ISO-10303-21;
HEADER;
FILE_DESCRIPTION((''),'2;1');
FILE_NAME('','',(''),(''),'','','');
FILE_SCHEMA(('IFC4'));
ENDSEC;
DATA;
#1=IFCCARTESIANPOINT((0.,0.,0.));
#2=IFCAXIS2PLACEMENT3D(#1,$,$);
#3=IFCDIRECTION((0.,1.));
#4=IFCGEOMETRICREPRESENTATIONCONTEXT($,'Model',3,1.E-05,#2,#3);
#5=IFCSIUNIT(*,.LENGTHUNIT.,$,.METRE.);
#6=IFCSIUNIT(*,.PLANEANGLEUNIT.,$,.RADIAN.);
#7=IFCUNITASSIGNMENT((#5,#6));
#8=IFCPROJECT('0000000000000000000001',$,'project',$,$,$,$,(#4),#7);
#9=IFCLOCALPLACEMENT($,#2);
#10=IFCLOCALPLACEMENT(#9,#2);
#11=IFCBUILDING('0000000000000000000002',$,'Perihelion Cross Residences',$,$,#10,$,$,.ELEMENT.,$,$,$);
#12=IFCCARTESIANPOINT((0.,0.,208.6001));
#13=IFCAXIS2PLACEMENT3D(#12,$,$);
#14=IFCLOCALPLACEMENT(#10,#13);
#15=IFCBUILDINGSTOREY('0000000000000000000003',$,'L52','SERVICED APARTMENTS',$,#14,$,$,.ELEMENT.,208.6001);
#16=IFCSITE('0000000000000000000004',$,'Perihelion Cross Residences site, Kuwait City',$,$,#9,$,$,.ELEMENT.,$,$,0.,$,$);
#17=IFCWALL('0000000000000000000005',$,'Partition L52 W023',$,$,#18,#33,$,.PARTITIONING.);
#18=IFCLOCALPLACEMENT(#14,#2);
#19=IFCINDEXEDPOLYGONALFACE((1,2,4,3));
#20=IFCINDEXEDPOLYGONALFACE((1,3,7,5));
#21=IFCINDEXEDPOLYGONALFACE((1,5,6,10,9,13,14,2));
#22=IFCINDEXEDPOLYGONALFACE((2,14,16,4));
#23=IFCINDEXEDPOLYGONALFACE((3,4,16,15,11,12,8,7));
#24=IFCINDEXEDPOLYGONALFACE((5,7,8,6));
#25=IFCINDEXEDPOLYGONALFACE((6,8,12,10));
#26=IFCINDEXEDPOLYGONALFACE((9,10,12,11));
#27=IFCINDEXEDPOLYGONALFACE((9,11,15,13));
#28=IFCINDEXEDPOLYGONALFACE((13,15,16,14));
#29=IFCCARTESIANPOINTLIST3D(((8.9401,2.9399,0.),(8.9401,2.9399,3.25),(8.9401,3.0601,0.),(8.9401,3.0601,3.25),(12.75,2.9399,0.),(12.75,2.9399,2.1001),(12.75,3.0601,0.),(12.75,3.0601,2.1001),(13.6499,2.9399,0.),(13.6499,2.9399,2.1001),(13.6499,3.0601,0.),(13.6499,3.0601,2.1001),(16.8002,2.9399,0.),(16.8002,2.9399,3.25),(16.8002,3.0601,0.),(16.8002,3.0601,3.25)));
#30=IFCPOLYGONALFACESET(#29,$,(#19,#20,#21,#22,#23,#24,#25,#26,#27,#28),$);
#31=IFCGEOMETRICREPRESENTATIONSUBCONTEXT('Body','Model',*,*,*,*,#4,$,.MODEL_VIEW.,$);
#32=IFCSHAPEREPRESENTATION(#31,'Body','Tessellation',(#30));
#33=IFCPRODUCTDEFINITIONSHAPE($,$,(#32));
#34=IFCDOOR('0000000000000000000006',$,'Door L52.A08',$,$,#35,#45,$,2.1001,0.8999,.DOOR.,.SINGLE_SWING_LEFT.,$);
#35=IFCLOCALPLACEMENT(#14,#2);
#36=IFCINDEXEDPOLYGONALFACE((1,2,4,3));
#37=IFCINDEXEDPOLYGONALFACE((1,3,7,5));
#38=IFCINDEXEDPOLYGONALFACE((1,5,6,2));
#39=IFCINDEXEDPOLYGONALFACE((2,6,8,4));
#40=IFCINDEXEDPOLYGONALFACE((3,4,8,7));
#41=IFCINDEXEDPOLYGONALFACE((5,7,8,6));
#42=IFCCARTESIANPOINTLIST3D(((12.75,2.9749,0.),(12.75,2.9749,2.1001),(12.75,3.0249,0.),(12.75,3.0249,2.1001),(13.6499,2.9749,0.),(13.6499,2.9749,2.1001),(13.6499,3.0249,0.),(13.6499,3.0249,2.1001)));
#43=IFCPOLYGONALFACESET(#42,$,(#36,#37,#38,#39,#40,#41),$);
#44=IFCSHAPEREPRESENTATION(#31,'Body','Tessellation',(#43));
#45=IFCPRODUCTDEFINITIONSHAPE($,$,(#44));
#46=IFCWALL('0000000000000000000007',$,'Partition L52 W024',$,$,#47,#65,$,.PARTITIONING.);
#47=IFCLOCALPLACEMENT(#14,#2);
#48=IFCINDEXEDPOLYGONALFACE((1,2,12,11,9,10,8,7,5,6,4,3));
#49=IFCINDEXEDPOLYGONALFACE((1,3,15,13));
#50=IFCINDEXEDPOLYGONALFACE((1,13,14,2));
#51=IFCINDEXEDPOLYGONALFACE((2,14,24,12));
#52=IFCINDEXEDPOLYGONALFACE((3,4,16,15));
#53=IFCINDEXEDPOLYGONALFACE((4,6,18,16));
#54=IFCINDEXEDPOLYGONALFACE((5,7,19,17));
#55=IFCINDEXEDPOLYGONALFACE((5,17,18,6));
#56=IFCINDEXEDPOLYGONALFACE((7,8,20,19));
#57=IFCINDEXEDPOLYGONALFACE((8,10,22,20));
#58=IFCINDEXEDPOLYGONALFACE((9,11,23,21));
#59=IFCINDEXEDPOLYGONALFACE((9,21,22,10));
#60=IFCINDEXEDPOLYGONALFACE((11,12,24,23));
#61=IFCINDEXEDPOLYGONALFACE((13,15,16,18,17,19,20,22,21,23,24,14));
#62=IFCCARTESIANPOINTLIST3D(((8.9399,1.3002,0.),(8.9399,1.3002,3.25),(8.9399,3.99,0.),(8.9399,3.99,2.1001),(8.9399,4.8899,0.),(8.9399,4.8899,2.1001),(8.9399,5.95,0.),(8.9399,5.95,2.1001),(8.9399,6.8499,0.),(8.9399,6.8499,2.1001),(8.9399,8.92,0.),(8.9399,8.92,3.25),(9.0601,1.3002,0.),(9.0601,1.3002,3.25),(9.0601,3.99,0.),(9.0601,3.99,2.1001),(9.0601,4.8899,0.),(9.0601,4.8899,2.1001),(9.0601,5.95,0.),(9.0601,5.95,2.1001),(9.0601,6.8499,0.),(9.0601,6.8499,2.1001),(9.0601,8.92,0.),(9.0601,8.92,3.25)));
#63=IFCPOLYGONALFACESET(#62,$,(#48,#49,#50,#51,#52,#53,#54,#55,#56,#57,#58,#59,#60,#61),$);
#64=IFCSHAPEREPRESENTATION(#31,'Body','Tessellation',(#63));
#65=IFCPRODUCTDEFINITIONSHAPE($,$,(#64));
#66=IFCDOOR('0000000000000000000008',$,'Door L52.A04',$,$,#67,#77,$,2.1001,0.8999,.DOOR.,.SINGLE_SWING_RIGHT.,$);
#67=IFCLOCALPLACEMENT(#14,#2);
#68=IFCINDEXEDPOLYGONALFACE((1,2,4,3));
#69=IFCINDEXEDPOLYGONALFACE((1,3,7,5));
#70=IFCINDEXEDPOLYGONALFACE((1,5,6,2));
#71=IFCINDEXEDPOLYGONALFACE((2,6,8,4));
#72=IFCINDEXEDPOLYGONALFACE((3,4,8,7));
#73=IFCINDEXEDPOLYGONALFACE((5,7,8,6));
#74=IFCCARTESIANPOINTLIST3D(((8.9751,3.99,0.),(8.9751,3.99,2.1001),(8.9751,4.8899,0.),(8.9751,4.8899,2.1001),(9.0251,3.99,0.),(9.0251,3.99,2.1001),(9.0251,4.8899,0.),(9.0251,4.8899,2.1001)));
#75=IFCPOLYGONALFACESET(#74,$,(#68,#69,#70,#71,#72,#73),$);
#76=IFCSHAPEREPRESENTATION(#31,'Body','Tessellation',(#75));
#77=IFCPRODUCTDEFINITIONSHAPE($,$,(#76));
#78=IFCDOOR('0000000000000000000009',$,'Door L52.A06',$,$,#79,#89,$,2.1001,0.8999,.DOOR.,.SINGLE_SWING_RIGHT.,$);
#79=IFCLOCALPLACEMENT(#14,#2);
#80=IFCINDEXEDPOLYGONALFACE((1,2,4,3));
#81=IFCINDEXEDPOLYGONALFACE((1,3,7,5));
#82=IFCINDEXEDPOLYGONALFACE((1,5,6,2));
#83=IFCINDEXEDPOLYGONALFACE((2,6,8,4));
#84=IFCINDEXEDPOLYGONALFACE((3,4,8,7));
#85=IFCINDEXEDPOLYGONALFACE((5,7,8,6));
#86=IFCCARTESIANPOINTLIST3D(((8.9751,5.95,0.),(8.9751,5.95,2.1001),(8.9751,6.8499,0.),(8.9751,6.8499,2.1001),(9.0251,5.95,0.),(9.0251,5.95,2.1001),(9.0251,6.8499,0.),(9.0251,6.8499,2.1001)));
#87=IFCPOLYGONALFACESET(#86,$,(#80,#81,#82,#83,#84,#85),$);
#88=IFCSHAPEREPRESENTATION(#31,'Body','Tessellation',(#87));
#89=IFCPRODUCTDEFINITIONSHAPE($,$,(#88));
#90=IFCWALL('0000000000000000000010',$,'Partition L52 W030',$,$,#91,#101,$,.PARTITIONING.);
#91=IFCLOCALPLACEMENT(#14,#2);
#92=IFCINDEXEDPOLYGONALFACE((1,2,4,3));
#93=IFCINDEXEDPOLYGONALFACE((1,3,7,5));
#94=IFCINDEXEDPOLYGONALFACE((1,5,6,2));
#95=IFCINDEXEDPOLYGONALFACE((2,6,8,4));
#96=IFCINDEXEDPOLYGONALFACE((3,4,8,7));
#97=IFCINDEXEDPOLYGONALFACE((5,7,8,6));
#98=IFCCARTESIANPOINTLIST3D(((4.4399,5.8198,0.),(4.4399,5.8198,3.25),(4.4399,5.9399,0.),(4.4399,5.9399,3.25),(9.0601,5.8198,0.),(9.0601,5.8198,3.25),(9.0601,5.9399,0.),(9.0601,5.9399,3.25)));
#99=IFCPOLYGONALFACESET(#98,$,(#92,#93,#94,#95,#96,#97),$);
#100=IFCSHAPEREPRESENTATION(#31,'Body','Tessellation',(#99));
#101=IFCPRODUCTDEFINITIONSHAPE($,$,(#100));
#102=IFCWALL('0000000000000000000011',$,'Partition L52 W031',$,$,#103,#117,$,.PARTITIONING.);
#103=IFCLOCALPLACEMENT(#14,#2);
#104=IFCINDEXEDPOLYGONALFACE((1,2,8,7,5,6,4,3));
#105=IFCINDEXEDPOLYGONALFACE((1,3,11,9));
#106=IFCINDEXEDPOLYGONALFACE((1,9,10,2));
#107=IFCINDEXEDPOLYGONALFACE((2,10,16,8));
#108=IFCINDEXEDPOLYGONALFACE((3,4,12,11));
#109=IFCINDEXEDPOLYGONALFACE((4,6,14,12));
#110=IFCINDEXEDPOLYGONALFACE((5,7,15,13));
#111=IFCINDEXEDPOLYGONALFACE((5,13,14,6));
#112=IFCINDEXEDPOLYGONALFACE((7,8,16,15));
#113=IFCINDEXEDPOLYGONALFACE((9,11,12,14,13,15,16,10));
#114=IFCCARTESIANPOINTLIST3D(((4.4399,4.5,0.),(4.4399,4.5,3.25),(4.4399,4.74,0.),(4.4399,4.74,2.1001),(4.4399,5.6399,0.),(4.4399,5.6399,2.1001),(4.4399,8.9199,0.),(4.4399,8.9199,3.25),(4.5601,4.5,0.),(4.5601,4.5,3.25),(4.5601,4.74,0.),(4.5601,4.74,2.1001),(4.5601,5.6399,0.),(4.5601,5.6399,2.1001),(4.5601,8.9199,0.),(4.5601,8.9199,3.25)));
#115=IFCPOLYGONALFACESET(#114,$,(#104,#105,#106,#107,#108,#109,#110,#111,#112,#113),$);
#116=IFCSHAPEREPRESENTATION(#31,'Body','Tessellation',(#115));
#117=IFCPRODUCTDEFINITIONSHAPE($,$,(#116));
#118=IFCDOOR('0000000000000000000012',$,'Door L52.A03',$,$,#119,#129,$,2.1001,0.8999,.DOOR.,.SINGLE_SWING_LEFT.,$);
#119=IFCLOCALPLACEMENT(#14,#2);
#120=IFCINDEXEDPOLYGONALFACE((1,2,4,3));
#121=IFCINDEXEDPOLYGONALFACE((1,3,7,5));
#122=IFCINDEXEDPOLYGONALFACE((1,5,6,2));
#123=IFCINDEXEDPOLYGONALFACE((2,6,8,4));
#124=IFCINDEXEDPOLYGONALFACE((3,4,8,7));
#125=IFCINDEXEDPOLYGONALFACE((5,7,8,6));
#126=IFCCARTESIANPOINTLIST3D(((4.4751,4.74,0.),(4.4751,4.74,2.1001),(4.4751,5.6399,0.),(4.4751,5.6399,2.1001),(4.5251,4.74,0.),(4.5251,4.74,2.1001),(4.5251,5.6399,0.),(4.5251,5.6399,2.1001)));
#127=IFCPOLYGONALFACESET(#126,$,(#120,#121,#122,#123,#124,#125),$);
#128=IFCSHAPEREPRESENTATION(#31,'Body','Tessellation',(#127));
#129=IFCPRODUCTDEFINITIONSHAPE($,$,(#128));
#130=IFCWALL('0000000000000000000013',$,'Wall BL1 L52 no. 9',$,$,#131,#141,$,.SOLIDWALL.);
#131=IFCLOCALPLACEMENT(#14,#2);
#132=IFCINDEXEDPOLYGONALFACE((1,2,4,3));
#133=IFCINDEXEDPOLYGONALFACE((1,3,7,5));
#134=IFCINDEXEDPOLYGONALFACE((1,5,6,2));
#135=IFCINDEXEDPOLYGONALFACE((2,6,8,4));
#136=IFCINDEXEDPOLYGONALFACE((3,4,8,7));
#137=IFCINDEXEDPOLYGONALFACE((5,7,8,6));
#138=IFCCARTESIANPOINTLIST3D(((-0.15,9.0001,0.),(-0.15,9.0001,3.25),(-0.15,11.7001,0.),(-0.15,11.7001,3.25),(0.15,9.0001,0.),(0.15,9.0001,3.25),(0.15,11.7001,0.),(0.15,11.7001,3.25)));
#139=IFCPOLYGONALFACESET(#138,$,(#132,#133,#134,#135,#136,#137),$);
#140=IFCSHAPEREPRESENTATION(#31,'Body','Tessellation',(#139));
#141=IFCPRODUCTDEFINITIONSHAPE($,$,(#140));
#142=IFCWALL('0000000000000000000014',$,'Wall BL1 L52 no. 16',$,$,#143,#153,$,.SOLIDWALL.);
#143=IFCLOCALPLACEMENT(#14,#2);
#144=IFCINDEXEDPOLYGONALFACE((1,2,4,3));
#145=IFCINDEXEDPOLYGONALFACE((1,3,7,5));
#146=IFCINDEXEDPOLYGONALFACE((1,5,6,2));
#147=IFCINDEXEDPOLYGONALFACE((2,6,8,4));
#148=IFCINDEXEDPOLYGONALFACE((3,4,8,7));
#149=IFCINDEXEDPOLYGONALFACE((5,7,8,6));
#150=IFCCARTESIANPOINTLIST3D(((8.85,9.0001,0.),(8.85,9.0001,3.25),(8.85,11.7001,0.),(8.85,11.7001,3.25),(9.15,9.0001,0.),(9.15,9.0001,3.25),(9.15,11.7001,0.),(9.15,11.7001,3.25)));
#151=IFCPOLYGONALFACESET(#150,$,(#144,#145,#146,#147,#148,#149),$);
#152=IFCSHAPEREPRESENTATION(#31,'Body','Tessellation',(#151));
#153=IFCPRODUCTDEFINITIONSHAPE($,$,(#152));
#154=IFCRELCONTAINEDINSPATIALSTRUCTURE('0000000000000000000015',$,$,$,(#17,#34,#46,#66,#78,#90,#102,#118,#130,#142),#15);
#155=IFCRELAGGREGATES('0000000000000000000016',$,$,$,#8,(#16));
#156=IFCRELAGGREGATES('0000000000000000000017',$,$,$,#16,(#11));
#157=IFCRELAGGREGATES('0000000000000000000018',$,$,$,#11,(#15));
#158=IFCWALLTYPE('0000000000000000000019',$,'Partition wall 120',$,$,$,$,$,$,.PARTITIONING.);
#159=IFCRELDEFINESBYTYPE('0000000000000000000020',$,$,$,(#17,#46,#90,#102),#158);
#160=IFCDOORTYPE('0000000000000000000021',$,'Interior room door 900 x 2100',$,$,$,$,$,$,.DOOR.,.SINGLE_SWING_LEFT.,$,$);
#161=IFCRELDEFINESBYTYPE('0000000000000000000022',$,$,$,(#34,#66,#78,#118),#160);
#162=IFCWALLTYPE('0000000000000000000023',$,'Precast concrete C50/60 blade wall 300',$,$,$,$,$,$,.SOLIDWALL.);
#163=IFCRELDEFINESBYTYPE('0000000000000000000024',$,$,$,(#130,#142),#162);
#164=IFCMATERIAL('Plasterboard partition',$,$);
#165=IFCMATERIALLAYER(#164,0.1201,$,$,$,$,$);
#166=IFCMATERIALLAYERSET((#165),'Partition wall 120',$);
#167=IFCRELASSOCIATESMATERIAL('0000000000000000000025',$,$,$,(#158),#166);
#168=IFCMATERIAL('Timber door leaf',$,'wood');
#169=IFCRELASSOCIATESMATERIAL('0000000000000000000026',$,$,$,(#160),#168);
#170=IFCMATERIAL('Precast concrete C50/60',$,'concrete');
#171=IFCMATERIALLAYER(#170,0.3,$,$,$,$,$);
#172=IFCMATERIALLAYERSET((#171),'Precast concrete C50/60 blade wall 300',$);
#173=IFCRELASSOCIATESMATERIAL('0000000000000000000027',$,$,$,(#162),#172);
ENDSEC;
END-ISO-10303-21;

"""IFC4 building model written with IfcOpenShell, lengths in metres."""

from ifc_helpers import new_model, si_unit, direction, frame, frame_2d, origin, place, context, subcontext, project, spatial, rectangle, extrude, material, layer, layer_set, type_object, element, fill, save


model = new_model("IFC4")

# Units and contexts
model_context = context("Model", 3, precision=1e-05, world=origin(), true_north=direction((0.0, 1.0)))
body_context = subcontext(model_context, "Body", "Model", "MODEL_VIEW")
ifc_project = project(units=[si_unit("LENGTHUNIT", "METRE"), si_unit("PLANEANGLEUNIT", "RADIAN")], contexts=[model_context])

# Site, building, storey
site_placement = place(None, origin())
site = spatial("IfcSite", under=ifc_project, at=site_placement, Name="Perihelion Cross Residences site, Kuwait City", CompositionType="ELEMENT", RefElevation=0.0)
building_placement = place(site_placement, origin())
building = spatial("IfcBuilding", under=site, at=building_placement, Name="Perihelion Cross Residences", CompositionType="ELEMENT")
storey_placement = place(building_placement, frame((0.0, 0.0, 208.6001)))
storey = spatial("IfcBuildingStorey", under=building, at=storey_placement, Name="L52", Description="SERVICED APARTMENTS", CompositionType="ELEMENT", Elevation=208.6001)

# Wall, opening, door
ifc_material_1 = material(Name="Plasterboard partition")
ifc_layer_1 = layer(ifc_material_1, 0.1201)
ifc_layer_set_1 = layer_set([ifc_layer_1], Name="Partition wall 120")
wall_type_1 = type_object("IfcWallType", Name="Partition wall 120", PredefinedType="PARTITIONING", material=ifc_layer_set_1)
wall_1_placement = place(storey_placement, frame((8.9399, 3.0, 0.0), z_axis=(0.0, 0.0, 1.0), x_axis=(1.0, 0.0, 0.0)))
wall_1 = element("IfcWall", 1, at=wall_1_placement, inside=storey, type_object=wall_type_1, Name="Partition L52 W023", PredefinedType="PARTITIONING", context=body_context, shape_type="SweptSolid", body=[
    extrude(rectangle(XDim=7.8601, YDim=0.1201, at=frame_2d((3.9302, 0.0))), origin(), (0.0, 0.0, 1.0), 3.25),
])
opening_1_placement = place(wall_1_placement, frame((3.8101, 0.0, 0.0)))
opening_1 = element("IfcOpeningElement", 2, at=opening_1_placement, cuts=wall_1, PredefinedType="OPENING", context=body_context, shape_type="SweptSolid", body=[
    extrude(rectangle(XDim=0.8999, YDim=2.1001, at=frame_2d((0.45, 1.05))), frame((0.0, 0.0701, 0.0), z_axis=(0.0, -1.0, 0.0), x_axis=(1.0, 0.0, 0.0)), (0.0, 0.0, 1.0), 0.1401),
])
ifc_material_2 = material(Name="Timber door leaf", Category="wood")
door_type_1 = type_object("IfcDoorType", Name="Interior room door 900 x 2100", OperationType="SINGLE_SWING_LEFT", PredefinedType="DOOR", material=ifc_material_2)
door_1_placement = place(opening_1_placement, origin())
door_1 = element("IfcDoor", 3, at=door_1_placement, inside=storey, type_object=door_type_1, Name="Door L52.A08", OperationType="SINGLE_SWING_LEFT", OverallHeight=2.1001, OverallWidth=0.8999, PredefinedType="DOOR", context=body_context, shape_type="SweptSolid", body=[
    extrude(rectangle(XDim=0.8999, YDim=2.1001, at=frame_2d((0.45, 1.05))), frame((0.0, 0.0249, 0.0), z_axis=(0.0, -1.0, 0.0), x_axis=(1.0, 0.0, 0.0)), (0.0, 0.0, 1.0), 0.05),
])
fill(opening_1, door_1)

# Wall, openings, doors
wall_2_placement = place(storey_placement, frame((9.0, 1.3, 0.0), z_axis=(0.0, 0.0, 1.0), x_axis=(0.0, 1.0, 0.0)))
wall_2 = element("IfcWall", 4, at=wall_2_placement, inside=storey, type_object=wall_type_1, Name="Partition L52 W024", PredefinedType="PARTITIONING", context=body_context, shape_type="SweptSolid", body=[
    extrude(rectangle(XDim=7.6199, YDim=0.1201, at=frame_2d((3.8101, 0.0))), origin(), (0.0, 0.0, 1.0), 3.25),
])
opening_2_placement = place(wall_2_placement, frame((2.6899, 0.0, 0.0)))
opening_2 = element("IfcOpeningElement", 5, at=opening_2_placement, cuts=wall_2, PredefinedType="OPENING", context=body_context, shape_type="SweptSolid", body=[
    extrude(rectangle(XDim=0.8999, YDim=2.1001, at=frame_2d((0.45, 1.05))), frame((0.0, 0.0701, 0.0), z_axis=(0.0, -1.0, 0.0), x_axis=(1.0, 0.0, 0.0)), (0.0, 0.0, 1.0), 0.1401),
])
opening_3_placement = place(wall_2_placement, frame((4.6499, 0.0, 0.0)))
opening_3 = element("IfcOpeningElement", 6, at=opening_3_placement, cuts=wall_2, PredefinedType="OPENING", context=body_context, shape_type="SweptSolid", body=[
    extrude(rectangle(XDim=0.8999, YDim=2.1001, at=frame_2d((0.45, 1.05))), frame((0.0, 0.0701, 0.0), z_axis=(0.0, -1.0, 0.0), x_axis=(1.0, 0.0, 0.0)), (0.0, 0.0, 1.0), 0.1401),
])
door_2_placement = place(opening_2_placement, origin())
door_2 = element("IfcDoor", 7, at=door_2_placement, inside=storey, type_object=door_type_1, Name="Door L52.A04", OperationType="SINGLE_SWING_RIGHT", OverallHeight=2.1001, OverallWidth=0.8999, PredefinedType="DOOR", context=body_context, shape_type="SweptSolid", body=[
    extrude(rectangle(XDim=0.8999, YDim=2.1001, at=frame_2d((0.45, 1.05))), frame((0.0, 0.0249, 0.0), z_axis=(0.0, -1.0, 0.0), x_axis=(1.0, 0.0, 0.0)), (0.0, 0.0, 1.0), 0.05),
])
fill(opening_2, door_2)
door_3_placement = place(opening_3_placement, origin())
door_3 = element("IfcDoor", 8, at=door_3_placement, inside=storey, type_object=door_type_1, Name="Door L52.A06", OperationType="SINGLE_SWING_RIGHT", OverallHeight=2.1001, OverallWidth=0.8999, PredefinedType="DOOR", context=body_context, shape_type="SweptSolid", body=[
    extrude(rectangle(XDim=0.8999, YDim=2.1001, at=frame_2d((0.45, 1.05))), frame((0.0, 0.0249, 0.0), z_axis=(0.0, -1.0, 0.0), x_axis=(1.0, 0.0, 0.0)), (0.0, 0.0, 1.0), 0.05),
])
fill(opening_3, door_3)

# Wall
wall_3_placement = place(storey_placement, frame((4.4399, 5.8799, 0.0), z_axis=(0.0, 0.0, 1.0), x_axis=(1.0, 0.0, 0.0)))
element("IfcWall", 9, at=wall_3_placement, inside=storey, type_object=wall_type_1, Name="Partition L52 W030", PredefinedType="PARTITIONING", context=body_context, shape_type="SweptSolid", body=[
    extrude(rectangle(XDim=4.6201, YDim=0.1201, at=frame_2d((2.3101, 0.0))), origin(), (0.0, 0.0, 1.0), 3.25),
])

# Wall, opening, door
wall_4_placement = place(storey_placement, frame((4.5, 4.5, 0.0), z_axis=(0.0, 0.0, 1.0), x_axis=(0.0, 1.0, 0.0)))
wall_4 = element("IfcWall", 10, at=wall_4_placement, inside=storey, type_object=wall_type_1, Name="Partition L52 W031", PredefinedType="PARTITIONING", context=body_context, shape_type="SweptSolid", body=[
    extrude(rectangle(XDim=4.4199, YDim=0.1201, at=frame_2d((2.21, 0.0))), origin(), (0.0, 0.0, 1.0), 3.25),
])
opening_4_placement = place(wall_4_placement, frame((0.24, 0.0, 0.0)))
opening_4 = element("IfcOpeningElement", 11, at=opening_4_placement, cuts=wall_4, PredefinedType="OPENING", context=body_context, shape_type="SweptSolid", body=[
    extrude(rectangle(XDim=0.8999, YDim=2.1001, at=frame_2d((0.45, 1.05))), frame((0.0, 0.0701, 0.0), z_axis=(0.0, -1.0, 0.0), x_axis=(1.0, 0.0, 0.0)), (0.0, 0.0, 1.0), 0.1401),
])
door_4_placement = place(opening_4_placement, origin())
door_4 = element("IfcDoor", 12, at=door_4_placement, inside=storey, type_object=door_type_1, Name="Door L52.A03", OperationType="SINGLE_SWING_LEFT", OverallHeight=2.1001, OverallWidth=0.8999, PredefinedType="DOOR", context=body_context, shape_type="SweptSolid", body=[
    extrude(rectangle(XDim=0.8999, YDim=2.1001, at=frame_2d((0.45, 1.05))), frame((0.0, 0.0249, 0.0), z_axis=(0.0, -1.0, 0.0), x_axis=(1.0, 0.0, 0.0)), (0.0, 0.0, 1.0), 0.05),
])
fill(opening_4, door_4)

# Walls
ifc_material_3 = material(Name="Precast concrete C50/60", Category="concrete")
ifc_layer_2 = layer(ifc_material_3, 0.3)
ifc_layer_set_2 = layer_set([ifc_layer_2], Name="Precast concrete C50/60 blade wall 300")
wall_type_2 = type_object("IfcWallType", Name="Precast concrete C50/60 blade wall 300", PredefinedType="SOLIDWALL", material=ifc_layer_set_2)
for number, where, z_axis, x_axis, name in (
    (13, (0.0, 9.0, 0.0), (0.0, 0.0, 1.0), (0.0, 1.0, 0.0), "Wall BL1 L52 no. 9"),
    (14, (9.0, 9.0, 0.0), (0.0, 0.0, 1.0), (0.0, 1.0, 0.0), "Wall BL1 L52 no. 16"),
):
    element("IfcWall", number, at=place(storey_placement, frame(where, z_axis=z_axis, x_axis=x_axis)), inside=storey, type_object=wall_type_2, Name=name, PredefinedType="SOLIDWALL", context=body_context, shape_type="SweptSolid", body=[
        extrude(rectangle(XDim=2.7, YDim=0.3, at=frame_2d((1.3501, 0.0))), origin(), (0.0, 0.0, 1.0), 3.25),
    ])

save(model, "model.ifc")
